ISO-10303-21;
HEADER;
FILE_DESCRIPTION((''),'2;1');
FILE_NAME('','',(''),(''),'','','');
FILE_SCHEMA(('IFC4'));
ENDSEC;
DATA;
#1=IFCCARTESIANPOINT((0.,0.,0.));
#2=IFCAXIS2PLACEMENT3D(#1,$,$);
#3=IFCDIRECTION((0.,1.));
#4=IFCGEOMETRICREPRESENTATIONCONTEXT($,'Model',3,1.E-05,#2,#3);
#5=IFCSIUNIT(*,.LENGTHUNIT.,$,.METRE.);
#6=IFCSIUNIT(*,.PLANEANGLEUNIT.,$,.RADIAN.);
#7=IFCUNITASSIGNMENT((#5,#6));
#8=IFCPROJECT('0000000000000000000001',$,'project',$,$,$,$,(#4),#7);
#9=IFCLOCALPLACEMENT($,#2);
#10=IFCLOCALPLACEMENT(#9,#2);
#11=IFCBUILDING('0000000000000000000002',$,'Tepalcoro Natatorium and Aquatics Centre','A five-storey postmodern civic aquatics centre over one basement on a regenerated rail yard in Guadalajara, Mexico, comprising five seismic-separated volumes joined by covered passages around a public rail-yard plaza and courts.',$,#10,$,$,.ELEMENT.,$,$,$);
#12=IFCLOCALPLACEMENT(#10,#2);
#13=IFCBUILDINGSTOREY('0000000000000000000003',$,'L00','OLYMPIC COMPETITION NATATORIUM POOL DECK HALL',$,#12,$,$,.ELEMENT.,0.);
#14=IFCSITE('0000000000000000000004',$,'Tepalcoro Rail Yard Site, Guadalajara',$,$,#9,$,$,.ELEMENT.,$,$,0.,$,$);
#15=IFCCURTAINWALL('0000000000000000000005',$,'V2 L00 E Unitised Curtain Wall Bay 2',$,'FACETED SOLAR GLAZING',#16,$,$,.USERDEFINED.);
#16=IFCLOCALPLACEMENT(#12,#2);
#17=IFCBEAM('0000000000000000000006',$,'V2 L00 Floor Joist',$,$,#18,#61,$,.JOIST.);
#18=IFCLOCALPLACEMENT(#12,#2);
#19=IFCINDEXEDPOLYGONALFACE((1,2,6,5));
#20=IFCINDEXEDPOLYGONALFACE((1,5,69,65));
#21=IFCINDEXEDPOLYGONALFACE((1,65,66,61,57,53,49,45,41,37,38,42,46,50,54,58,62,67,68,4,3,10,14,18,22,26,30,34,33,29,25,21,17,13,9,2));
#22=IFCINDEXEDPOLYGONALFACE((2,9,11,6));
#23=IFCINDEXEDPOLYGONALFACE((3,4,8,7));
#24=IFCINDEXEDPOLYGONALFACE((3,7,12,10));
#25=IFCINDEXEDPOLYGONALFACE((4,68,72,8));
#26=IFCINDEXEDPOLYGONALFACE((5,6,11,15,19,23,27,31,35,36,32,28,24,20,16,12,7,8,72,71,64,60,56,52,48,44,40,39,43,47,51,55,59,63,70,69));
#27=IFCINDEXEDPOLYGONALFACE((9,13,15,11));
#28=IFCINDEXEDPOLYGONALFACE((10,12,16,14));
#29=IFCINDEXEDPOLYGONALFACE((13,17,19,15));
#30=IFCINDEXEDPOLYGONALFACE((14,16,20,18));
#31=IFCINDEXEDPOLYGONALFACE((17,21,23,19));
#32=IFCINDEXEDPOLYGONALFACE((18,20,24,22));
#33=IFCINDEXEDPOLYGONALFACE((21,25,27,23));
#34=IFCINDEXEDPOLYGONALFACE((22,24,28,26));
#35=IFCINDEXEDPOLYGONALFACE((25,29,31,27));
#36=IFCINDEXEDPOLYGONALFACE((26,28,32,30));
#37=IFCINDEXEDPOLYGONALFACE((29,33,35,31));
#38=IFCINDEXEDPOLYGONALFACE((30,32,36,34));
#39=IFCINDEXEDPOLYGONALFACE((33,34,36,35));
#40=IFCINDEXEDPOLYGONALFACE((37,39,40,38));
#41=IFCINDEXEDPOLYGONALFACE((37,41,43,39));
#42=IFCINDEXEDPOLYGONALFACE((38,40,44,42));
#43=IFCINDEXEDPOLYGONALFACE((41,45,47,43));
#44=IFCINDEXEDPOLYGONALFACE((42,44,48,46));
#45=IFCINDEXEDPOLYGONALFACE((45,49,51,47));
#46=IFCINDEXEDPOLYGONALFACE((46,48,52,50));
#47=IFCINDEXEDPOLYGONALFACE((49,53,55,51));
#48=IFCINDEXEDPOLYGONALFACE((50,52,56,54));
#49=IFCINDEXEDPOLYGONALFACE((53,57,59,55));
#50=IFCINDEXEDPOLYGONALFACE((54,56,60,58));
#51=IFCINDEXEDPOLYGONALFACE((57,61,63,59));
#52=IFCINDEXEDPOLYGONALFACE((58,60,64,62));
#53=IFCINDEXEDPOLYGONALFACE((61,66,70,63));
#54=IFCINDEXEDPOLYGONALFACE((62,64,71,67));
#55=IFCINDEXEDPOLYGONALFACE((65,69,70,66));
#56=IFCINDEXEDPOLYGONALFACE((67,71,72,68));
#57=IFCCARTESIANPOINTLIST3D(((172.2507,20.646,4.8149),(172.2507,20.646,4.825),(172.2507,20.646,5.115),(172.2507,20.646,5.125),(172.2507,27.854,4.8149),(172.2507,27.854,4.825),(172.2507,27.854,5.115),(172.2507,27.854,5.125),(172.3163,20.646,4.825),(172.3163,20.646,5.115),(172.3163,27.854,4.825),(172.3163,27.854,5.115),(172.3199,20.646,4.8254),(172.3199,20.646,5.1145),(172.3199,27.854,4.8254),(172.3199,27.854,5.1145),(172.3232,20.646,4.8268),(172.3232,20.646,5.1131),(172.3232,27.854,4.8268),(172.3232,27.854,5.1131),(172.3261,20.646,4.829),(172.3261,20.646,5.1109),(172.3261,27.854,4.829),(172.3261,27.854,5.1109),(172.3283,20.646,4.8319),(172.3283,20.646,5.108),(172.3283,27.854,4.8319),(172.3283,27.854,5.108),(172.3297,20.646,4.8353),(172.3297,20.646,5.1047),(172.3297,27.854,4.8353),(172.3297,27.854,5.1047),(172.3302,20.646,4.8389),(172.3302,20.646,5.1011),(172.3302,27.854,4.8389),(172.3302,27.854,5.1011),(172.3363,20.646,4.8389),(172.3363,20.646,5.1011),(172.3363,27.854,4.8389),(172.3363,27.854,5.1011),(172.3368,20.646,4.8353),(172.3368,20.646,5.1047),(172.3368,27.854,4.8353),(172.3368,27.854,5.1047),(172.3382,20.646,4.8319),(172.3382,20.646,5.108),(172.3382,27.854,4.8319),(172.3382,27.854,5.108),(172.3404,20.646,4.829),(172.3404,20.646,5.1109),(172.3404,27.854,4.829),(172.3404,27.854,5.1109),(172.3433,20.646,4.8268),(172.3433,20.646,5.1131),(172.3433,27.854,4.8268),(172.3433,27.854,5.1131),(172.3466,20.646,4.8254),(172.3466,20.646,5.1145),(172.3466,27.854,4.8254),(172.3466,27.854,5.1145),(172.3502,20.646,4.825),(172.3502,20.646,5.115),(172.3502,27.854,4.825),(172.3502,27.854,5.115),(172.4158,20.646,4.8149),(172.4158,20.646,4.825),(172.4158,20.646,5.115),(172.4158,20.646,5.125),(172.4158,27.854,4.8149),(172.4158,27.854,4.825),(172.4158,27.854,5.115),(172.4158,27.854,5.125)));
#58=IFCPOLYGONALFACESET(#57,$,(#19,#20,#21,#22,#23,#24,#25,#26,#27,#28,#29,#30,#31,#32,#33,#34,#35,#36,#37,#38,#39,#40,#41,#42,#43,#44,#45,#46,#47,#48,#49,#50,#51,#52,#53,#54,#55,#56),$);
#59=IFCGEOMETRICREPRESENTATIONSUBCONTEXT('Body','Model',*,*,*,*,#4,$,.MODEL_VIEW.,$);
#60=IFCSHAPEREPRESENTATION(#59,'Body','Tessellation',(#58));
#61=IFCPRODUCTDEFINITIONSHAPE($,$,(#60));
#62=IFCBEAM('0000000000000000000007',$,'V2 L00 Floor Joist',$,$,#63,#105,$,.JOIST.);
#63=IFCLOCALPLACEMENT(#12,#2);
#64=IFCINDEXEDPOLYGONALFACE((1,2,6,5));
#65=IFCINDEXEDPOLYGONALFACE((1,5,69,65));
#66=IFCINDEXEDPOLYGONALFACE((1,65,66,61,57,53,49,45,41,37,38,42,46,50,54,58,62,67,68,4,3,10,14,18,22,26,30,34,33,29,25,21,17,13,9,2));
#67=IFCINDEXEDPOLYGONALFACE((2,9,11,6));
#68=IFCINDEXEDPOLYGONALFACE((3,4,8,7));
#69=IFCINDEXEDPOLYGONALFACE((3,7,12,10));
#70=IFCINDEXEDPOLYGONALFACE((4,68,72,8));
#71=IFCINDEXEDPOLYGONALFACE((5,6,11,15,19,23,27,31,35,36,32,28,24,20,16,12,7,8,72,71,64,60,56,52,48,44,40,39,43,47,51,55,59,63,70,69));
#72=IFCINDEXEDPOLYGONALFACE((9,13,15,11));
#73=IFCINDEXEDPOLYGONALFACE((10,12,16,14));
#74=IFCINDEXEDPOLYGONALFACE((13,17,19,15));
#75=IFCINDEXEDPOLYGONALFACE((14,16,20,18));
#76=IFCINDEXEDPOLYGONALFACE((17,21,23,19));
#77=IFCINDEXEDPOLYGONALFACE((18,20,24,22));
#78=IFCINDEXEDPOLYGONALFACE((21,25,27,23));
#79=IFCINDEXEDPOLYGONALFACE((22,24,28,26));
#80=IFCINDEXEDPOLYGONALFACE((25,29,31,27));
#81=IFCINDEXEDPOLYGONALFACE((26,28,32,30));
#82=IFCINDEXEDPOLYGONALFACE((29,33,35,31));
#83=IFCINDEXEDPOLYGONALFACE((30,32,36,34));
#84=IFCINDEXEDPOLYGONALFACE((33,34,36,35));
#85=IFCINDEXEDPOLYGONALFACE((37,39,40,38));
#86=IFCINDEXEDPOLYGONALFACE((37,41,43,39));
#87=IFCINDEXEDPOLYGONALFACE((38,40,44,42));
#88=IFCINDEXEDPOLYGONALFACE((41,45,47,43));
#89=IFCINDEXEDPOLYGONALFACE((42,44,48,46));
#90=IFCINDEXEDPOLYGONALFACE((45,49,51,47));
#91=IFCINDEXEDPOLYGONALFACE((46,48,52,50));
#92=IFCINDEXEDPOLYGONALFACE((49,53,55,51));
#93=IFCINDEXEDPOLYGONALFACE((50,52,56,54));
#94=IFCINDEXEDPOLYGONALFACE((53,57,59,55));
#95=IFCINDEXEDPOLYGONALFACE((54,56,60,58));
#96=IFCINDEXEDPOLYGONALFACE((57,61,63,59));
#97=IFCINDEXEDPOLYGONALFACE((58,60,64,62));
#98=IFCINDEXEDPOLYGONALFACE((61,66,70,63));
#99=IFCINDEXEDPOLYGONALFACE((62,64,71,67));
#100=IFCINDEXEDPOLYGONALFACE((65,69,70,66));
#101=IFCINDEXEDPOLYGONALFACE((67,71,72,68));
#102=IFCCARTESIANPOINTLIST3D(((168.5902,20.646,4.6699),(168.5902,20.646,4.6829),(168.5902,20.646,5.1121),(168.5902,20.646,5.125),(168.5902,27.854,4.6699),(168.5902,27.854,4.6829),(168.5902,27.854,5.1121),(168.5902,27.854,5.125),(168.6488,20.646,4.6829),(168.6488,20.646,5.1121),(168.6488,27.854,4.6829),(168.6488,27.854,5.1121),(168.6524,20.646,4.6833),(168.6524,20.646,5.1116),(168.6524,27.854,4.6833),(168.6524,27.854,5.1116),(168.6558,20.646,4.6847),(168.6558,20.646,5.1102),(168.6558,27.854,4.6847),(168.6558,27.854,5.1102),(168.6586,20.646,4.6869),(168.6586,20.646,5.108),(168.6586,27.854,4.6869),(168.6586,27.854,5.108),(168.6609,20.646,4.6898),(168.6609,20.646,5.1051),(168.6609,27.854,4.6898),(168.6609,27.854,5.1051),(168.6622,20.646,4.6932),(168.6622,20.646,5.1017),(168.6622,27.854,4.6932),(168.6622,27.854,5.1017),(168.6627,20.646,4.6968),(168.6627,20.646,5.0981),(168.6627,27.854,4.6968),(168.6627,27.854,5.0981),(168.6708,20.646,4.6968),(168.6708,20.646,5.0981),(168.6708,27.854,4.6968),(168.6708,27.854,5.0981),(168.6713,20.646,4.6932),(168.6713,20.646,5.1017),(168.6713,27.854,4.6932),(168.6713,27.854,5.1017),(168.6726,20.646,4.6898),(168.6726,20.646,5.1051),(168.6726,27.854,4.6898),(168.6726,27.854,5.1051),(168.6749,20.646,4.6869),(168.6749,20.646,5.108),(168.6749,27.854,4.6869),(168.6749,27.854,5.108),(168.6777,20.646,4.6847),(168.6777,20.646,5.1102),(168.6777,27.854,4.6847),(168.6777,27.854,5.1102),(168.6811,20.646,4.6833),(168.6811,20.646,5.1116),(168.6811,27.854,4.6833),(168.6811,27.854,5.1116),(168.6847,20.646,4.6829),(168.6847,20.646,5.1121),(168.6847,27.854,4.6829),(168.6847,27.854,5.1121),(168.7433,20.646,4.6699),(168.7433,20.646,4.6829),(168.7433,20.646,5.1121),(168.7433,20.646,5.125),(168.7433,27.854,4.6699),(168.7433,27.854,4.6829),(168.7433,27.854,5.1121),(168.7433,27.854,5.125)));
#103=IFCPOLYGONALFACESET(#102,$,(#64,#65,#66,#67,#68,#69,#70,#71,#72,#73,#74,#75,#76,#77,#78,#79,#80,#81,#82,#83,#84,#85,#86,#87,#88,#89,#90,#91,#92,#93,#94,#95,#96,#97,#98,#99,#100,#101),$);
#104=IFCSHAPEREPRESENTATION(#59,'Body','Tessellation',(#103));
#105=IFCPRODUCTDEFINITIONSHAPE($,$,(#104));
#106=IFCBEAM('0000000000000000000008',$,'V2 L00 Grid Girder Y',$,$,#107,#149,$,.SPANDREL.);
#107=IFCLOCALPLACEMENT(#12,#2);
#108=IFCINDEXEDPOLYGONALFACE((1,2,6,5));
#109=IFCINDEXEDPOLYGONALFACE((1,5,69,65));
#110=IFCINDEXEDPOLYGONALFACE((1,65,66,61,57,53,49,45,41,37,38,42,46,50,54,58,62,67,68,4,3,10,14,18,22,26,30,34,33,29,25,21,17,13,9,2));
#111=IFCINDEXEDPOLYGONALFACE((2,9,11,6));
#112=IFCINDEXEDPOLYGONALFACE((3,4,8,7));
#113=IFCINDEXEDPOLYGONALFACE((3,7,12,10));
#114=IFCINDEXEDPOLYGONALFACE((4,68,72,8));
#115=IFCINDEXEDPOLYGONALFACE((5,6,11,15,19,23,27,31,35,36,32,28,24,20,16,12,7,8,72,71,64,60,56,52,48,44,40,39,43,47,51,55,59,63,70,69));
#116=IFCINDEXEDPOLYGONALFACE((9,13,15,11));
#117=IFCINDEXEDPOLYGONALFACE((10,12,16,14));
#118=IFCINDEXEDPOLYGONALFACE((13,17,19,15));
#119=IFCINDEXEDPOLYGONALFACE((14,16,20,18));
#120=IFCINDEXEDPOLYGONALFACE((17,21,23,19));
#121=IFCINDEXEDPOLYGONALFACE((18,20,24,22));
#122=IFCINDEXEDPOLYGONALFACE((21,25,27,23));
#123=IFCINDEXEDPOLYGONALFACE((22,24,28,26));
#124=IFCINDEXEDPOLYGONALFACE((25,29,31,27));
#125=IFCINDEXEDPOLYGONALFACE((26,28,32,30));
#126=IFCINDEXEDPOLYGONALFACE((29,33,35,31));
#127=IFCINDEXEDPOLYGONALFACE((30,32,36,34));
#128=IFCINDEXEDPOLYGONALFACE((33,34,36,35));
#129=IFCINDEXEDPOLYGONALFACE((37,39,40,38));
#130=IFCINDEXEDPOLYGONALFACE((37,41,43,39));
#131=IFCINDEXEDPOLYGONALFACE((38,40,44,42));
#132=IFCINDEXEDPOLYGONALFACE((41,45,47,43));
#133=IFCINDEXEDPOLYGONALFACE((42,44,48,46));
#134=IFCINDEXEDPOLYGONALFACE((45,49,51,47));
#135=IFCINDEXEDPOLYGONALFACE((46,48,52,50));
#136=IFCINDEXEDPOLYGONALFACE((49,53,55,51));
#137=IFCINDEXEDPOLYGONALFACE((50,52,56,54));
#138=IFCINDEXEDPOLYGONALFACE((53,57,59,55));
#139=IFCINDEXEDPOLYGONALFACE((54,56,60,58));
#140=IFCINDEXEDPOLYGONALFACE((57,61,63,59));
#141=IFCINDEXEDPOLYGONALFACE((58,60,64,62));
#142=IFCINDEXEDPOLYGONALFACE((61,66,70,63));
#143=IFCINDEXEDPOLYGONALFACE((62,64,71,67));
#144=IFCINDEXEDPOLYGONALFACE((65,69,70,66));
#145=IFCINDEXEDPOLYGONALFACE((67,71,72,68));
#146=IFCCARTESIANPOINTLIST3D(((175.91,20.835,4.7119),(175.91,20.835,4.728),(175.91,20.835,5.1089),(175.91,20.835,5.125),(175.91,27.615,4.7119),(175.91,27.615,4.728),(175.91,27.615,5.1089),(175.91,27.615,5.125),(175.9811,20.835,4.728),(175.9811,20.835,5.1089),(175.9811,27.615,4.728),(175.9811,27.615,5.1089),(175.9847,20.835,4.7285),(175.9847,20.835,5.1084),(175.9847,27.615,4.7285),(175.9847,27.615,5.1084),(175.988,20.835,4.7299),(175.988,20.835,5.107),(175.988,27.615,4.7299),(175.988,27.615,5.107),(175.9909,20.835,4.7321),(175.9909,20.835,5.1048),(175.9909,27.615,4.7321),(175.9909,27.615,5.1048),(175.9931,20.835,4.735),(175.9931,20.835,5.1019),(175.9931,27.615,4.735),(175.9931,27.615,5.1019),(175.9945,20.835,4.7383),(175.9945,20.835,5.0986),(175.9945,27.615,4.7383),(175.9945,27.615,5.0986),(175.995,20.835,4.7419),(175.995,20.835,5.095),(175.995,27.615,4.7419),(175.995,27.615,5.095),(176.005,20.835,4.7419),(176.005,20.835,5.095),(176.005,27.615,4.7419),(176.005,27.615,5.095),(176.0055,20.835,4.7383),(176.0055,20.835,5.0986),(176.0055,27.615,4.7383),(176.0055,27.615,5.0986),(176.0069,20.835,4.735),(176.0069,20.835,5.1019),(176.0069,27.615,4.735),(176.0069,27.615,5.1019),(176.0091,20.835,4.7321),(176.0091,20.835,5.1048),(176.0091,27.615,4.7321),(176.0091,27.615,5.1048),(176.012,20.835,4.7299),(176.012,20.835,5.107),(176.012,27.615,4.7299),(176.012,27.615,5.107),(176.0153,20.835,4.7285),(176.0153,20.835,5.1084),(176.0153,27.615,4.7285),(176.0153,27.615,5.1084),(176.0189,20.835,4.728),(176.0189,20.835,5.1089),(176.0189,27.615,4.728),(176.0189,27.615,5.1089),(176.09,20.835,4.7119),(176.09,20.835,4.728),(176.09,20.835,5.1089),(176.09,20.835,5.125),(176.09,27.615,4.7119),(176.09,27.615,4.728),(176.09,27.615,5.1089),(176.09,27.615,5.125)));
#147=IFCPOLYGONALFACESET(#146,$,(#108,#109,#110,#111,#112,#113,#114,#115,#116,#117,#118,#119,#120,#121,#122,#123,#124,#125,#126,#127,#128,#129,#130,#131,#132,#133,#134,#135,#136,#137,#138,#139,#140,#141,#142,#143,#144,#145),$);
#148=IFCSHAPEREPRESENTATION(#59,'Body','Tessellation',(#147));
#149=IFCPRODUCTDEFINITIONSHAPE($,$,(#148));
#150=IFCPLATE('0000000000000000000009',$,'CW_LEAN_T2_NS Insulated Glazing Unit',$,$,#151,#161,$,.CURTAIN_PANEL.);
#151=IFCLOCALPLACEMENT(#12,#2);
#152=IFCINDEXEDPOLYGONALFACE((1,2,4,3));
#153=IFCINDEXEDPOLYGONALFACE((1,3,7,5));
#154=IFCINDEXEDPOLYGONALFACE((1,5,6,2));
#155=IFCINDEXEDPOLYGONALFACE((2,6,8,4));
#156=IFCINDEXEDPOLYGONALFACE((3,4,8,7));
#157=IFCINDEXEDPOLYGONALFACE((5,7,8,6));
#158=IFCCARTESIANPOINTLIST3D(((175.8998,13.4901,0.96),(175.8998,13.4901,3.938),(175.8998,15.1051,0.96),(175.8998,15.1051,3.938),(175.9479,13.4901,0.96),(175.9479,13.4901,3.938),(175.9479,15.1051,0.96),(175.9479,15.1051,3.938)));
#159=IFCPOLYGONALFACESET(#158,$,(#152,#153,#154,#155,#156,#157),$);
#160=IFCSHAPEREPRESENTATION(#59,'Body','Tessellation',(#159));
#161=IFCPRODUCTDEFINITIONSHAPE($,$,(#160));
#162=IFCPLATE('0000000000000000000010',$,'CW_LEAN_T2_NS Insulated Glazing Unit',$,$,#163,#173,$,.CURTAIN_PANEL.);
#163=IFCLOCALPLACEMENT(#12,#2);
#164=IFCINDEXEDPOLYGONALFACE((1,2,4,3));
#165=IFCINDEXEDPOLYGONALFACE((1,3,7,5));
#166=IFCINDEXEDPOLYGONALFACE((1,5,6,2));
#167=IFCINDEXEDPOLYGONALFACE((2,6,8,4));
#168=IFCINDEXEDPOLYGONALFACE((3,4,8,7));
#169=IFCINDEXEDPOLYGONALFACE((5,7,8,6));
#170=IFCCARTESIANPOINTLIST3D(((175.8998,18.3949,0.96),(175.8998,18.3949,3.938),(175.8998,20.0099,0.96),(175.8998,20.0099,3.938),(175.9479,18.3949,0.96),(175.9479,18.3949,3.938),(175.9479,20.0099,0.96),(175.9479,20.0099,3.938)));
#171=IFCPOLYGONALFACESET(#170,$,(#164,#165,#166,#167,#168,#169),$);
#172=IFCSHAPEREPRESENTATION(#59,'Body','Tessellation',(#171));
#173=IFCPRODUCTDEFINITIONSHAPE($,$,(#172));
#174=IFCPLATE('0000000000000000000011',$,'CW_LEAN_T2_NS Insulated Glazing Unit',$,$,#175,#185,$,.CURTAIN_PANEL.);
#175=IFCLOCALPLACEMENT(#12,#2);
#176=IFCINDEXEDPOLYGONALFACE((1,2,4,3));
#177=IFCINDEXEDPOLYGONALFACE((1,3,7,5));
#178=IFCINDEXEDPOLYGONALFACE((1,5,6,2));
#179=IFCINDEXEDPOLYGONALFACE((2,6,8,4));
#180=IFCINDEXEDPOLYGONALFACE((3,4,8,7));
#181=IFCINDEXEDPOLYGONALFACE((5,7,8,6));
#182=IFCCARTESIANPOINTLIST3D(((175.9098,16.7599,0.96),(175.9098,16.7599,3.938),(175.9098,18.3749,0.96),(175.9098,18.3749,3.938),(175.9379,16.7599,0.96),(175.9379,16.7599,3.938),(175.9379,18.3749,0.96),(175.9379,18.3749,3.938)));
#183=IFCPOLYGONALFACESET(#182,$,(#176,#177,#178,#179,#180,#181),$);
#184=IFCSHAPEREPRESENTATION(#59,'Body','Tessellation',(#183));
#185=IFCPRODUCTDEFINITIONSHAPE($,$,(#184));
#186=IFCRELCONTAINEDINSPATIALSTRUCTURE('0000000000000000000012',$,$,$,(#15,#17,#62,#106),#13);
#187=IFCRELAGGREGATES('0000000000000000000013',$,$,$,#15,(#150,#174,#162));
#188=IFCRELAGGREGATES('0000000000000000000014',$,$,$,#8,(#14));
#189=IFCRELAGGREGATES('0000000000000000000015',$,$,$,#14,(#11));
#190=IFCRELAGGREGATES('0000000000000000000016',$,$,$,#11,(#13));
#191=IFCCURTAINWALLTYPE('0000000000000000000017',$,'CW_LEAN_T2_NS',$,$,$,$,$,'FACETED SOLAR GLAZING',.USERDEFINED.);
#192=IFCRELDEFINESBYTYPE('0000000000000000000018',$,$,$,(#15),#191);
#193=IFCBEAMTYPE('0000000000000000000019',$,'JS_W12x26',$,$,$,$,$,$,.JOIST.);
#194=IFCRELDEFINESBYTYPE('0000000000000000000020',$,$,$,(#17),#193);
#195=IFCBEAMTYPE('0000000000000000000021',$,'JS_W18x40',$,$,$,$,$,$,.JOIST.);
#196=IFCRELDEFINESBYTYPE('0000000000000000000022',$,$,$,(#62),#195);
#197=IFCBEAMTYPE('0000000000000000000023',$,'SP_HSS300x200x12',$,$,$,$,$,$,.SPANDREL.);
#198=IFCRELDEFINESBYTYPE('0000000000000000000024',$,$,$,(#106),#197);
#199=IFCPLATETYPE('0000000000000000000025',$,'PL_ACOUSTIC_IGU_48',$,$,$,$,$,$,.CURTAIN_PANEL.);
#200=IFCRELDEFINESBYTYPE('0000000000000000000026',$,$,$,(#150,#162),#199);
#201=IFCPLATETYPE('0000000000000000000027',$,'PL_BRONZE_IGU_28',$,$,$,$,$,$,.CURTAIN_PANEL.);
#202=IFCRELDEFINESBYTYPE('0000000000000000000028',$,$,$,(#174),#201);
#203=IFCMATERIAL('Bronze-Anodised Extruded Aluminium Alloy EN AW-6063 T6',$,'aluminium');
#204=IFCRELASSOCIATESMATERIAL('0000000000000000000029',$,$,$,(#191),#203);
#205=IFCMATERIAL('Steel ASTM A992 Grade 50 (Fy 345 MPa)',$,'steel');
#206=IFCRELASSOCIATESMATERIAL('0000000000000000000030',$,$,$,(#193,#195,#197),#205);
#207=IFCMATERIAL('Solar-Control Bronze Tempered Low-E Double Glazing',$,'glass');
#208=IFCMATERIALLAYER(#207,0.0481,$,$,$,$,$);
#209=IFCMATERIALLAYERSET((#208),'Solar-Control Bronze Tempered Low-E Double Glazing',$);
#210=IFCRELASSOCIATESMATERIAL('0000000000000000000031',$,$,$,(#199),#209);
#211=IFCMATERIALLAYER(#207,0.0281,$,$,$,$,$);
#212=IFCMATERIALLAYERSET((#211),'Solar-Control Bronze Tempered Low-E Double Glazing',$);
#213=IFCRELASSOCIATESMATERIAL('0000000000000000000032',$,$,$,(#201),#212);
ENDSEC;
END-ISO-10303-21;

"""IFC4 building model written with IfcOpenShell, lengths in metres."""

from ifc_helpers import new_model, si_unit, direction, frame, origin, origin_2d, place, context, subcontext, project, spatial, rectangle, i_section, extrude, material, layer, layer_set, material_profile, profile_set, type_object, element, aggregate, save


model = new_model("IFC4")

# Units and contexts
model_context = context("Model", 3, precision=1e-05, world=origin(), true_north=direction((0.0, 1.0)))
body_context = subcontext(model_context, "Body", "Model", "MODEL_VIEW")
ifc_project = project(units=[si_unit("LENGTHUNIT", "METRE"), si_unit("PLANEANGLEUNIT", "RADIAN")], contexts=[model_context])

# Site, building, storey
site_placement = place(None, origin())
site = spatial("IfcSite", under=ifc_project, at=site_placement, Name="Tepalcoro Rail Yard Site, Guadalajara", CompositionType="ELEMENT", RefElevation=0.0)
building_placement = place(site_placement, origin())
building = spatial("IfcBuilding", under=site, at=building_placement, Name="Tepalcoro Natatorium and Aquatics Centre", Description="A five-storey postmodern civic aquatics centre over one basement on a regenerated rail yard in Guadalajara, Mexico, comprising five seismic-separated volumes joined by covered passages around a public rail-yard plaza and courts.", CompositionType="ELEMENT")
storey_placement = place(building_placement, origin())
storey = spatial("IfcBuildingStorey", under=building, at=storey_placement, Name="L00", Description="OLYMPIC COMPETITION NATATORIUM POOL DECK HALL", CompositionType="ELEMENT", Elevation=0.0)

# Shared definitions
ifc_material_1 = material(Name="Steel ASTM A992 Grade 50 (Fy 345 MPa)", Category="steel")

# Curtain wall
ifc_material_2 = material(Name="Bronze-Anodised Extruded Aluminium Alloy EN AW-6063 T6", Category="aluminium")
curtain_wall_type = type_object("IfcCurtainWallType", Name="CW_LEAN_T2_NS", ElementType="FACETED SOLAR GLAZING", PredefinedType="USERDEFINED", material=ifc_material_2)
curtain_wall_placement = place(storey_placement, origin())
curtain_wall = element("IfcCurtainWall", 1, at=curtain_wall_placement, inside=storey, type_object=curtain_wall_type, Name="V2 L00 E Unitised Curtain Wall Bay 2", ObjectType="FACETED SOLAR GLAZING", PredefinedType="USERDEFINED")

# Beams
ifc_material_profile_1 = material_profile(ifc_material_1, i_section(OverallWidth=0.165, OverallDepth=0.3101, WebThickness=0.0061, FlangeThickness=0.01, FilletRadius=0.0139, at=origin_2d()), Name="W12X26")
ifc_profile_set_1 = profile_set([ifc_material_profile_1], Name="Steel ASTM A992 Grade 50 (Fy 345 MPa)")
beam_type_1 = type_object("IfcBeamType", Name="JS_W12x26", PredefinedType="JOIST", material=ifc_profile_set_1)
beam_1_placement = place(storey_placement, frame((172.3333, 20.646, 4.97), z_axis=(0.0, 1.0, 0.0), x_axis=(-1.0, 0.0, 0.0)))
element("IfcBeam", 2, at=beam_1_placement, inside=storey, type_object=beam_type_1, Name="V2 L00 Floor Joist", PredefinedType="JOIST", context=body_context, shape_type="SweptSolid", body=[
    extrude(i_section(OverallWidth=0.165, OverallDepth=0.3101, WebThickness=0.0061, FlangeThickness=0.01, FilletRadius=0.0139, at=origin_2d()), origin(), (0.0, 0.0, 1.0), 7.208),
])
ifc_material_profile_2 = material_profile(ifc_material_1, i_section(OverallWidth=0.1531, OverallDepth=0.4551, WebThickness=0.0081, FlangeThickness=0.0129, FilletRadius=0.0139, at=origin_2d()), Name="W18X40")
ifc_profile_set_2 = profile_set([ifc_material_profile_2], Name="Steel ASTM A992 Grade 50 (Fy 345 MPa)")
beam_type_2 = type_object("IfcBeamType", Name="JS_W18x40", PredefinedType="JOIST", material=ifc_profile_set_2)
beam_2_placement = place(storey_placement, frame((168.6667, 20.646, 4.8975), z_axis=(0.0, 1.0, 0.0), x_axis=(-1.0, 0.0, 0.0)))
element("IfcBeam", 3, at=beam_2_placement, inside=storey, type_object=beam_type_2, Name="V2 L00 Floor Joist", PredefinedType="JOIST", context=body_context, shape_type="SweptSolid", body=[
    extrude(i_section(OverallWidth=0.1531, OverallDepth=0.4551, WebThickness=0.0081, FlangeThickness=0.0129, FilletRadius=0.0139, at=origin_2d()), origin(), (0.0, 0.0, 1.0), 7.208),
])
ifc_material_profile_3 = material_profile(ifc_material_1, i_section(OverallWidth=0.1799, OverallDepth=0.4131, WebThickness=0.01, FlangeThickness=0.0161, FilletRadius=0.0139, at=origin_2d()), Name="W16X50")
ifc_profile_set_3 = profile_set([ifc_material_profile_3], Name="Steel ASTM A992 Grade 50 (Fy 345 MPa)")
beam_type_3 = type_object("IfcBeamType", Name="SP_HSS300x200x12", PredefinedType="SPANDREL", material=ifc_profile_set_3)
beam_3_placement = place(storey_placement, frame((176.0, 20.835, 4.9185), z_axis=(0.0, 1.0, 0.0), x_axis=(-1.0, 0.0, 0.0)))
element("IfcBeam", 4, at=beam_3_placement, inside=storey, type_object=beam_type_3, Name="V2 L00 Grid Girder Y", PredefinedType="SPANDREL", context=body_context, shape_type="SweptSolid", body=[
    extrude(i_section(OverallWidth=0.1799, OverallDepth=0.4131, WebThickness=0.01, FlangeThickness=0.0161, FilletRadius=0.0139, at=origin_2d()), origin(), (0.0, 0.0, 1.0), 6.78),
])

# Plates
ifc_material_3 = material(Name="Solar-Control Bronze Tempered Low-E Double Glazing", Category="glass")
ifc_layer_1 = layer(ifc_material_3, 0.0481)
ifc_layer_set_1 = layer_set([ifc_layer_1], Name="Solar-Control Bronze Tempered Low-E Double Glazing")
plate_type_1 = type_object("IfcPlateType", Name="PL_ACOUSTIC_IGU_48", PredefinedType="CURTAIN_PANEL", material=ifc_layer_set_1)
plate_1_placement = place(storey_placement, frame((175.9238, 14.2976, 0.96), z_axis=(0.0, 0.0, 1.0), x_axis=(1.0, 0.0, 0.0)))
plate_1 = element("IfcPlate", 5, at=plate_1_placement, type_object=plate_type_1, Name="CW_LEAN_T2_NS Insulated Glazing Unit", PredefinedType="CURTAIN_PANEL", context=body_context, shape_type="SweptSolid", body=[
    extrude(rectangle(XDim=0.0481, YDim=1.615, at=origin_2d()), origin(), (0.0, 0.0, 1.0), 2.978),
])
plate_2_placement = place(storey_placement, frame((175.9238, 19.2024, 0.96), z_axis=(0.0, 0.0, 1.0), x_axis=(1.0, 0.0, 0.0)))
plate_2 = element("IfcPlate", 6, at=plate_2_placement, type_object=plate_type_1, Name="CW_LEAN_T2_NS Insulated Glazing Unit", PredefinedType="CURTAIN_PANEL", context=body_context, shape_type="SweptSolid", body=[
    extrude(rectangle(XDim=0.0481, YDim=1.615, at=origin_2d()), origin(), (0.0, 0.0, 1.0), 2.978),
])
ifc_layer_2 = layer(ifc_material_3, 0.0281)
ifc_layer_set_2 = layer_set([ifc_layer_2], Name="Solar-Control Bronze Tempered Low-E Double Glazing")
plate_type_2 = type_object("IfcPlateType", Name="PL_BRONZE_IGU_28", PredefinedType="CURTAIN_PANEL", material=ifc_layer_set_2)
plate_3_placement = place(storey_placement, frame((175.9238, 17.5674, 0.96), z_axis=(0.0, 0.0, 1.0), x_axis=(1.0, 0.0, 0.0)))
plate_3 = element("IfcPlate", 7, at=plate_3_placement, type_object=plate_type_2, Name="CW_LEAN_T2_NS Insulated Glazing Unit", PredefinedType="CURTAIN_PANEL", context=body_context, shape_type="SweptSolid", body=[
    extrude(rectangle(XDim=0.0281, YDim=1.615, at=origin_2d()), origin(), (0.0, 0.0, 1.0), 2.978),
])
aggregate(curtain_wall, [plate_1, plate_3, plate_2])

save(model, "model.ifc")
